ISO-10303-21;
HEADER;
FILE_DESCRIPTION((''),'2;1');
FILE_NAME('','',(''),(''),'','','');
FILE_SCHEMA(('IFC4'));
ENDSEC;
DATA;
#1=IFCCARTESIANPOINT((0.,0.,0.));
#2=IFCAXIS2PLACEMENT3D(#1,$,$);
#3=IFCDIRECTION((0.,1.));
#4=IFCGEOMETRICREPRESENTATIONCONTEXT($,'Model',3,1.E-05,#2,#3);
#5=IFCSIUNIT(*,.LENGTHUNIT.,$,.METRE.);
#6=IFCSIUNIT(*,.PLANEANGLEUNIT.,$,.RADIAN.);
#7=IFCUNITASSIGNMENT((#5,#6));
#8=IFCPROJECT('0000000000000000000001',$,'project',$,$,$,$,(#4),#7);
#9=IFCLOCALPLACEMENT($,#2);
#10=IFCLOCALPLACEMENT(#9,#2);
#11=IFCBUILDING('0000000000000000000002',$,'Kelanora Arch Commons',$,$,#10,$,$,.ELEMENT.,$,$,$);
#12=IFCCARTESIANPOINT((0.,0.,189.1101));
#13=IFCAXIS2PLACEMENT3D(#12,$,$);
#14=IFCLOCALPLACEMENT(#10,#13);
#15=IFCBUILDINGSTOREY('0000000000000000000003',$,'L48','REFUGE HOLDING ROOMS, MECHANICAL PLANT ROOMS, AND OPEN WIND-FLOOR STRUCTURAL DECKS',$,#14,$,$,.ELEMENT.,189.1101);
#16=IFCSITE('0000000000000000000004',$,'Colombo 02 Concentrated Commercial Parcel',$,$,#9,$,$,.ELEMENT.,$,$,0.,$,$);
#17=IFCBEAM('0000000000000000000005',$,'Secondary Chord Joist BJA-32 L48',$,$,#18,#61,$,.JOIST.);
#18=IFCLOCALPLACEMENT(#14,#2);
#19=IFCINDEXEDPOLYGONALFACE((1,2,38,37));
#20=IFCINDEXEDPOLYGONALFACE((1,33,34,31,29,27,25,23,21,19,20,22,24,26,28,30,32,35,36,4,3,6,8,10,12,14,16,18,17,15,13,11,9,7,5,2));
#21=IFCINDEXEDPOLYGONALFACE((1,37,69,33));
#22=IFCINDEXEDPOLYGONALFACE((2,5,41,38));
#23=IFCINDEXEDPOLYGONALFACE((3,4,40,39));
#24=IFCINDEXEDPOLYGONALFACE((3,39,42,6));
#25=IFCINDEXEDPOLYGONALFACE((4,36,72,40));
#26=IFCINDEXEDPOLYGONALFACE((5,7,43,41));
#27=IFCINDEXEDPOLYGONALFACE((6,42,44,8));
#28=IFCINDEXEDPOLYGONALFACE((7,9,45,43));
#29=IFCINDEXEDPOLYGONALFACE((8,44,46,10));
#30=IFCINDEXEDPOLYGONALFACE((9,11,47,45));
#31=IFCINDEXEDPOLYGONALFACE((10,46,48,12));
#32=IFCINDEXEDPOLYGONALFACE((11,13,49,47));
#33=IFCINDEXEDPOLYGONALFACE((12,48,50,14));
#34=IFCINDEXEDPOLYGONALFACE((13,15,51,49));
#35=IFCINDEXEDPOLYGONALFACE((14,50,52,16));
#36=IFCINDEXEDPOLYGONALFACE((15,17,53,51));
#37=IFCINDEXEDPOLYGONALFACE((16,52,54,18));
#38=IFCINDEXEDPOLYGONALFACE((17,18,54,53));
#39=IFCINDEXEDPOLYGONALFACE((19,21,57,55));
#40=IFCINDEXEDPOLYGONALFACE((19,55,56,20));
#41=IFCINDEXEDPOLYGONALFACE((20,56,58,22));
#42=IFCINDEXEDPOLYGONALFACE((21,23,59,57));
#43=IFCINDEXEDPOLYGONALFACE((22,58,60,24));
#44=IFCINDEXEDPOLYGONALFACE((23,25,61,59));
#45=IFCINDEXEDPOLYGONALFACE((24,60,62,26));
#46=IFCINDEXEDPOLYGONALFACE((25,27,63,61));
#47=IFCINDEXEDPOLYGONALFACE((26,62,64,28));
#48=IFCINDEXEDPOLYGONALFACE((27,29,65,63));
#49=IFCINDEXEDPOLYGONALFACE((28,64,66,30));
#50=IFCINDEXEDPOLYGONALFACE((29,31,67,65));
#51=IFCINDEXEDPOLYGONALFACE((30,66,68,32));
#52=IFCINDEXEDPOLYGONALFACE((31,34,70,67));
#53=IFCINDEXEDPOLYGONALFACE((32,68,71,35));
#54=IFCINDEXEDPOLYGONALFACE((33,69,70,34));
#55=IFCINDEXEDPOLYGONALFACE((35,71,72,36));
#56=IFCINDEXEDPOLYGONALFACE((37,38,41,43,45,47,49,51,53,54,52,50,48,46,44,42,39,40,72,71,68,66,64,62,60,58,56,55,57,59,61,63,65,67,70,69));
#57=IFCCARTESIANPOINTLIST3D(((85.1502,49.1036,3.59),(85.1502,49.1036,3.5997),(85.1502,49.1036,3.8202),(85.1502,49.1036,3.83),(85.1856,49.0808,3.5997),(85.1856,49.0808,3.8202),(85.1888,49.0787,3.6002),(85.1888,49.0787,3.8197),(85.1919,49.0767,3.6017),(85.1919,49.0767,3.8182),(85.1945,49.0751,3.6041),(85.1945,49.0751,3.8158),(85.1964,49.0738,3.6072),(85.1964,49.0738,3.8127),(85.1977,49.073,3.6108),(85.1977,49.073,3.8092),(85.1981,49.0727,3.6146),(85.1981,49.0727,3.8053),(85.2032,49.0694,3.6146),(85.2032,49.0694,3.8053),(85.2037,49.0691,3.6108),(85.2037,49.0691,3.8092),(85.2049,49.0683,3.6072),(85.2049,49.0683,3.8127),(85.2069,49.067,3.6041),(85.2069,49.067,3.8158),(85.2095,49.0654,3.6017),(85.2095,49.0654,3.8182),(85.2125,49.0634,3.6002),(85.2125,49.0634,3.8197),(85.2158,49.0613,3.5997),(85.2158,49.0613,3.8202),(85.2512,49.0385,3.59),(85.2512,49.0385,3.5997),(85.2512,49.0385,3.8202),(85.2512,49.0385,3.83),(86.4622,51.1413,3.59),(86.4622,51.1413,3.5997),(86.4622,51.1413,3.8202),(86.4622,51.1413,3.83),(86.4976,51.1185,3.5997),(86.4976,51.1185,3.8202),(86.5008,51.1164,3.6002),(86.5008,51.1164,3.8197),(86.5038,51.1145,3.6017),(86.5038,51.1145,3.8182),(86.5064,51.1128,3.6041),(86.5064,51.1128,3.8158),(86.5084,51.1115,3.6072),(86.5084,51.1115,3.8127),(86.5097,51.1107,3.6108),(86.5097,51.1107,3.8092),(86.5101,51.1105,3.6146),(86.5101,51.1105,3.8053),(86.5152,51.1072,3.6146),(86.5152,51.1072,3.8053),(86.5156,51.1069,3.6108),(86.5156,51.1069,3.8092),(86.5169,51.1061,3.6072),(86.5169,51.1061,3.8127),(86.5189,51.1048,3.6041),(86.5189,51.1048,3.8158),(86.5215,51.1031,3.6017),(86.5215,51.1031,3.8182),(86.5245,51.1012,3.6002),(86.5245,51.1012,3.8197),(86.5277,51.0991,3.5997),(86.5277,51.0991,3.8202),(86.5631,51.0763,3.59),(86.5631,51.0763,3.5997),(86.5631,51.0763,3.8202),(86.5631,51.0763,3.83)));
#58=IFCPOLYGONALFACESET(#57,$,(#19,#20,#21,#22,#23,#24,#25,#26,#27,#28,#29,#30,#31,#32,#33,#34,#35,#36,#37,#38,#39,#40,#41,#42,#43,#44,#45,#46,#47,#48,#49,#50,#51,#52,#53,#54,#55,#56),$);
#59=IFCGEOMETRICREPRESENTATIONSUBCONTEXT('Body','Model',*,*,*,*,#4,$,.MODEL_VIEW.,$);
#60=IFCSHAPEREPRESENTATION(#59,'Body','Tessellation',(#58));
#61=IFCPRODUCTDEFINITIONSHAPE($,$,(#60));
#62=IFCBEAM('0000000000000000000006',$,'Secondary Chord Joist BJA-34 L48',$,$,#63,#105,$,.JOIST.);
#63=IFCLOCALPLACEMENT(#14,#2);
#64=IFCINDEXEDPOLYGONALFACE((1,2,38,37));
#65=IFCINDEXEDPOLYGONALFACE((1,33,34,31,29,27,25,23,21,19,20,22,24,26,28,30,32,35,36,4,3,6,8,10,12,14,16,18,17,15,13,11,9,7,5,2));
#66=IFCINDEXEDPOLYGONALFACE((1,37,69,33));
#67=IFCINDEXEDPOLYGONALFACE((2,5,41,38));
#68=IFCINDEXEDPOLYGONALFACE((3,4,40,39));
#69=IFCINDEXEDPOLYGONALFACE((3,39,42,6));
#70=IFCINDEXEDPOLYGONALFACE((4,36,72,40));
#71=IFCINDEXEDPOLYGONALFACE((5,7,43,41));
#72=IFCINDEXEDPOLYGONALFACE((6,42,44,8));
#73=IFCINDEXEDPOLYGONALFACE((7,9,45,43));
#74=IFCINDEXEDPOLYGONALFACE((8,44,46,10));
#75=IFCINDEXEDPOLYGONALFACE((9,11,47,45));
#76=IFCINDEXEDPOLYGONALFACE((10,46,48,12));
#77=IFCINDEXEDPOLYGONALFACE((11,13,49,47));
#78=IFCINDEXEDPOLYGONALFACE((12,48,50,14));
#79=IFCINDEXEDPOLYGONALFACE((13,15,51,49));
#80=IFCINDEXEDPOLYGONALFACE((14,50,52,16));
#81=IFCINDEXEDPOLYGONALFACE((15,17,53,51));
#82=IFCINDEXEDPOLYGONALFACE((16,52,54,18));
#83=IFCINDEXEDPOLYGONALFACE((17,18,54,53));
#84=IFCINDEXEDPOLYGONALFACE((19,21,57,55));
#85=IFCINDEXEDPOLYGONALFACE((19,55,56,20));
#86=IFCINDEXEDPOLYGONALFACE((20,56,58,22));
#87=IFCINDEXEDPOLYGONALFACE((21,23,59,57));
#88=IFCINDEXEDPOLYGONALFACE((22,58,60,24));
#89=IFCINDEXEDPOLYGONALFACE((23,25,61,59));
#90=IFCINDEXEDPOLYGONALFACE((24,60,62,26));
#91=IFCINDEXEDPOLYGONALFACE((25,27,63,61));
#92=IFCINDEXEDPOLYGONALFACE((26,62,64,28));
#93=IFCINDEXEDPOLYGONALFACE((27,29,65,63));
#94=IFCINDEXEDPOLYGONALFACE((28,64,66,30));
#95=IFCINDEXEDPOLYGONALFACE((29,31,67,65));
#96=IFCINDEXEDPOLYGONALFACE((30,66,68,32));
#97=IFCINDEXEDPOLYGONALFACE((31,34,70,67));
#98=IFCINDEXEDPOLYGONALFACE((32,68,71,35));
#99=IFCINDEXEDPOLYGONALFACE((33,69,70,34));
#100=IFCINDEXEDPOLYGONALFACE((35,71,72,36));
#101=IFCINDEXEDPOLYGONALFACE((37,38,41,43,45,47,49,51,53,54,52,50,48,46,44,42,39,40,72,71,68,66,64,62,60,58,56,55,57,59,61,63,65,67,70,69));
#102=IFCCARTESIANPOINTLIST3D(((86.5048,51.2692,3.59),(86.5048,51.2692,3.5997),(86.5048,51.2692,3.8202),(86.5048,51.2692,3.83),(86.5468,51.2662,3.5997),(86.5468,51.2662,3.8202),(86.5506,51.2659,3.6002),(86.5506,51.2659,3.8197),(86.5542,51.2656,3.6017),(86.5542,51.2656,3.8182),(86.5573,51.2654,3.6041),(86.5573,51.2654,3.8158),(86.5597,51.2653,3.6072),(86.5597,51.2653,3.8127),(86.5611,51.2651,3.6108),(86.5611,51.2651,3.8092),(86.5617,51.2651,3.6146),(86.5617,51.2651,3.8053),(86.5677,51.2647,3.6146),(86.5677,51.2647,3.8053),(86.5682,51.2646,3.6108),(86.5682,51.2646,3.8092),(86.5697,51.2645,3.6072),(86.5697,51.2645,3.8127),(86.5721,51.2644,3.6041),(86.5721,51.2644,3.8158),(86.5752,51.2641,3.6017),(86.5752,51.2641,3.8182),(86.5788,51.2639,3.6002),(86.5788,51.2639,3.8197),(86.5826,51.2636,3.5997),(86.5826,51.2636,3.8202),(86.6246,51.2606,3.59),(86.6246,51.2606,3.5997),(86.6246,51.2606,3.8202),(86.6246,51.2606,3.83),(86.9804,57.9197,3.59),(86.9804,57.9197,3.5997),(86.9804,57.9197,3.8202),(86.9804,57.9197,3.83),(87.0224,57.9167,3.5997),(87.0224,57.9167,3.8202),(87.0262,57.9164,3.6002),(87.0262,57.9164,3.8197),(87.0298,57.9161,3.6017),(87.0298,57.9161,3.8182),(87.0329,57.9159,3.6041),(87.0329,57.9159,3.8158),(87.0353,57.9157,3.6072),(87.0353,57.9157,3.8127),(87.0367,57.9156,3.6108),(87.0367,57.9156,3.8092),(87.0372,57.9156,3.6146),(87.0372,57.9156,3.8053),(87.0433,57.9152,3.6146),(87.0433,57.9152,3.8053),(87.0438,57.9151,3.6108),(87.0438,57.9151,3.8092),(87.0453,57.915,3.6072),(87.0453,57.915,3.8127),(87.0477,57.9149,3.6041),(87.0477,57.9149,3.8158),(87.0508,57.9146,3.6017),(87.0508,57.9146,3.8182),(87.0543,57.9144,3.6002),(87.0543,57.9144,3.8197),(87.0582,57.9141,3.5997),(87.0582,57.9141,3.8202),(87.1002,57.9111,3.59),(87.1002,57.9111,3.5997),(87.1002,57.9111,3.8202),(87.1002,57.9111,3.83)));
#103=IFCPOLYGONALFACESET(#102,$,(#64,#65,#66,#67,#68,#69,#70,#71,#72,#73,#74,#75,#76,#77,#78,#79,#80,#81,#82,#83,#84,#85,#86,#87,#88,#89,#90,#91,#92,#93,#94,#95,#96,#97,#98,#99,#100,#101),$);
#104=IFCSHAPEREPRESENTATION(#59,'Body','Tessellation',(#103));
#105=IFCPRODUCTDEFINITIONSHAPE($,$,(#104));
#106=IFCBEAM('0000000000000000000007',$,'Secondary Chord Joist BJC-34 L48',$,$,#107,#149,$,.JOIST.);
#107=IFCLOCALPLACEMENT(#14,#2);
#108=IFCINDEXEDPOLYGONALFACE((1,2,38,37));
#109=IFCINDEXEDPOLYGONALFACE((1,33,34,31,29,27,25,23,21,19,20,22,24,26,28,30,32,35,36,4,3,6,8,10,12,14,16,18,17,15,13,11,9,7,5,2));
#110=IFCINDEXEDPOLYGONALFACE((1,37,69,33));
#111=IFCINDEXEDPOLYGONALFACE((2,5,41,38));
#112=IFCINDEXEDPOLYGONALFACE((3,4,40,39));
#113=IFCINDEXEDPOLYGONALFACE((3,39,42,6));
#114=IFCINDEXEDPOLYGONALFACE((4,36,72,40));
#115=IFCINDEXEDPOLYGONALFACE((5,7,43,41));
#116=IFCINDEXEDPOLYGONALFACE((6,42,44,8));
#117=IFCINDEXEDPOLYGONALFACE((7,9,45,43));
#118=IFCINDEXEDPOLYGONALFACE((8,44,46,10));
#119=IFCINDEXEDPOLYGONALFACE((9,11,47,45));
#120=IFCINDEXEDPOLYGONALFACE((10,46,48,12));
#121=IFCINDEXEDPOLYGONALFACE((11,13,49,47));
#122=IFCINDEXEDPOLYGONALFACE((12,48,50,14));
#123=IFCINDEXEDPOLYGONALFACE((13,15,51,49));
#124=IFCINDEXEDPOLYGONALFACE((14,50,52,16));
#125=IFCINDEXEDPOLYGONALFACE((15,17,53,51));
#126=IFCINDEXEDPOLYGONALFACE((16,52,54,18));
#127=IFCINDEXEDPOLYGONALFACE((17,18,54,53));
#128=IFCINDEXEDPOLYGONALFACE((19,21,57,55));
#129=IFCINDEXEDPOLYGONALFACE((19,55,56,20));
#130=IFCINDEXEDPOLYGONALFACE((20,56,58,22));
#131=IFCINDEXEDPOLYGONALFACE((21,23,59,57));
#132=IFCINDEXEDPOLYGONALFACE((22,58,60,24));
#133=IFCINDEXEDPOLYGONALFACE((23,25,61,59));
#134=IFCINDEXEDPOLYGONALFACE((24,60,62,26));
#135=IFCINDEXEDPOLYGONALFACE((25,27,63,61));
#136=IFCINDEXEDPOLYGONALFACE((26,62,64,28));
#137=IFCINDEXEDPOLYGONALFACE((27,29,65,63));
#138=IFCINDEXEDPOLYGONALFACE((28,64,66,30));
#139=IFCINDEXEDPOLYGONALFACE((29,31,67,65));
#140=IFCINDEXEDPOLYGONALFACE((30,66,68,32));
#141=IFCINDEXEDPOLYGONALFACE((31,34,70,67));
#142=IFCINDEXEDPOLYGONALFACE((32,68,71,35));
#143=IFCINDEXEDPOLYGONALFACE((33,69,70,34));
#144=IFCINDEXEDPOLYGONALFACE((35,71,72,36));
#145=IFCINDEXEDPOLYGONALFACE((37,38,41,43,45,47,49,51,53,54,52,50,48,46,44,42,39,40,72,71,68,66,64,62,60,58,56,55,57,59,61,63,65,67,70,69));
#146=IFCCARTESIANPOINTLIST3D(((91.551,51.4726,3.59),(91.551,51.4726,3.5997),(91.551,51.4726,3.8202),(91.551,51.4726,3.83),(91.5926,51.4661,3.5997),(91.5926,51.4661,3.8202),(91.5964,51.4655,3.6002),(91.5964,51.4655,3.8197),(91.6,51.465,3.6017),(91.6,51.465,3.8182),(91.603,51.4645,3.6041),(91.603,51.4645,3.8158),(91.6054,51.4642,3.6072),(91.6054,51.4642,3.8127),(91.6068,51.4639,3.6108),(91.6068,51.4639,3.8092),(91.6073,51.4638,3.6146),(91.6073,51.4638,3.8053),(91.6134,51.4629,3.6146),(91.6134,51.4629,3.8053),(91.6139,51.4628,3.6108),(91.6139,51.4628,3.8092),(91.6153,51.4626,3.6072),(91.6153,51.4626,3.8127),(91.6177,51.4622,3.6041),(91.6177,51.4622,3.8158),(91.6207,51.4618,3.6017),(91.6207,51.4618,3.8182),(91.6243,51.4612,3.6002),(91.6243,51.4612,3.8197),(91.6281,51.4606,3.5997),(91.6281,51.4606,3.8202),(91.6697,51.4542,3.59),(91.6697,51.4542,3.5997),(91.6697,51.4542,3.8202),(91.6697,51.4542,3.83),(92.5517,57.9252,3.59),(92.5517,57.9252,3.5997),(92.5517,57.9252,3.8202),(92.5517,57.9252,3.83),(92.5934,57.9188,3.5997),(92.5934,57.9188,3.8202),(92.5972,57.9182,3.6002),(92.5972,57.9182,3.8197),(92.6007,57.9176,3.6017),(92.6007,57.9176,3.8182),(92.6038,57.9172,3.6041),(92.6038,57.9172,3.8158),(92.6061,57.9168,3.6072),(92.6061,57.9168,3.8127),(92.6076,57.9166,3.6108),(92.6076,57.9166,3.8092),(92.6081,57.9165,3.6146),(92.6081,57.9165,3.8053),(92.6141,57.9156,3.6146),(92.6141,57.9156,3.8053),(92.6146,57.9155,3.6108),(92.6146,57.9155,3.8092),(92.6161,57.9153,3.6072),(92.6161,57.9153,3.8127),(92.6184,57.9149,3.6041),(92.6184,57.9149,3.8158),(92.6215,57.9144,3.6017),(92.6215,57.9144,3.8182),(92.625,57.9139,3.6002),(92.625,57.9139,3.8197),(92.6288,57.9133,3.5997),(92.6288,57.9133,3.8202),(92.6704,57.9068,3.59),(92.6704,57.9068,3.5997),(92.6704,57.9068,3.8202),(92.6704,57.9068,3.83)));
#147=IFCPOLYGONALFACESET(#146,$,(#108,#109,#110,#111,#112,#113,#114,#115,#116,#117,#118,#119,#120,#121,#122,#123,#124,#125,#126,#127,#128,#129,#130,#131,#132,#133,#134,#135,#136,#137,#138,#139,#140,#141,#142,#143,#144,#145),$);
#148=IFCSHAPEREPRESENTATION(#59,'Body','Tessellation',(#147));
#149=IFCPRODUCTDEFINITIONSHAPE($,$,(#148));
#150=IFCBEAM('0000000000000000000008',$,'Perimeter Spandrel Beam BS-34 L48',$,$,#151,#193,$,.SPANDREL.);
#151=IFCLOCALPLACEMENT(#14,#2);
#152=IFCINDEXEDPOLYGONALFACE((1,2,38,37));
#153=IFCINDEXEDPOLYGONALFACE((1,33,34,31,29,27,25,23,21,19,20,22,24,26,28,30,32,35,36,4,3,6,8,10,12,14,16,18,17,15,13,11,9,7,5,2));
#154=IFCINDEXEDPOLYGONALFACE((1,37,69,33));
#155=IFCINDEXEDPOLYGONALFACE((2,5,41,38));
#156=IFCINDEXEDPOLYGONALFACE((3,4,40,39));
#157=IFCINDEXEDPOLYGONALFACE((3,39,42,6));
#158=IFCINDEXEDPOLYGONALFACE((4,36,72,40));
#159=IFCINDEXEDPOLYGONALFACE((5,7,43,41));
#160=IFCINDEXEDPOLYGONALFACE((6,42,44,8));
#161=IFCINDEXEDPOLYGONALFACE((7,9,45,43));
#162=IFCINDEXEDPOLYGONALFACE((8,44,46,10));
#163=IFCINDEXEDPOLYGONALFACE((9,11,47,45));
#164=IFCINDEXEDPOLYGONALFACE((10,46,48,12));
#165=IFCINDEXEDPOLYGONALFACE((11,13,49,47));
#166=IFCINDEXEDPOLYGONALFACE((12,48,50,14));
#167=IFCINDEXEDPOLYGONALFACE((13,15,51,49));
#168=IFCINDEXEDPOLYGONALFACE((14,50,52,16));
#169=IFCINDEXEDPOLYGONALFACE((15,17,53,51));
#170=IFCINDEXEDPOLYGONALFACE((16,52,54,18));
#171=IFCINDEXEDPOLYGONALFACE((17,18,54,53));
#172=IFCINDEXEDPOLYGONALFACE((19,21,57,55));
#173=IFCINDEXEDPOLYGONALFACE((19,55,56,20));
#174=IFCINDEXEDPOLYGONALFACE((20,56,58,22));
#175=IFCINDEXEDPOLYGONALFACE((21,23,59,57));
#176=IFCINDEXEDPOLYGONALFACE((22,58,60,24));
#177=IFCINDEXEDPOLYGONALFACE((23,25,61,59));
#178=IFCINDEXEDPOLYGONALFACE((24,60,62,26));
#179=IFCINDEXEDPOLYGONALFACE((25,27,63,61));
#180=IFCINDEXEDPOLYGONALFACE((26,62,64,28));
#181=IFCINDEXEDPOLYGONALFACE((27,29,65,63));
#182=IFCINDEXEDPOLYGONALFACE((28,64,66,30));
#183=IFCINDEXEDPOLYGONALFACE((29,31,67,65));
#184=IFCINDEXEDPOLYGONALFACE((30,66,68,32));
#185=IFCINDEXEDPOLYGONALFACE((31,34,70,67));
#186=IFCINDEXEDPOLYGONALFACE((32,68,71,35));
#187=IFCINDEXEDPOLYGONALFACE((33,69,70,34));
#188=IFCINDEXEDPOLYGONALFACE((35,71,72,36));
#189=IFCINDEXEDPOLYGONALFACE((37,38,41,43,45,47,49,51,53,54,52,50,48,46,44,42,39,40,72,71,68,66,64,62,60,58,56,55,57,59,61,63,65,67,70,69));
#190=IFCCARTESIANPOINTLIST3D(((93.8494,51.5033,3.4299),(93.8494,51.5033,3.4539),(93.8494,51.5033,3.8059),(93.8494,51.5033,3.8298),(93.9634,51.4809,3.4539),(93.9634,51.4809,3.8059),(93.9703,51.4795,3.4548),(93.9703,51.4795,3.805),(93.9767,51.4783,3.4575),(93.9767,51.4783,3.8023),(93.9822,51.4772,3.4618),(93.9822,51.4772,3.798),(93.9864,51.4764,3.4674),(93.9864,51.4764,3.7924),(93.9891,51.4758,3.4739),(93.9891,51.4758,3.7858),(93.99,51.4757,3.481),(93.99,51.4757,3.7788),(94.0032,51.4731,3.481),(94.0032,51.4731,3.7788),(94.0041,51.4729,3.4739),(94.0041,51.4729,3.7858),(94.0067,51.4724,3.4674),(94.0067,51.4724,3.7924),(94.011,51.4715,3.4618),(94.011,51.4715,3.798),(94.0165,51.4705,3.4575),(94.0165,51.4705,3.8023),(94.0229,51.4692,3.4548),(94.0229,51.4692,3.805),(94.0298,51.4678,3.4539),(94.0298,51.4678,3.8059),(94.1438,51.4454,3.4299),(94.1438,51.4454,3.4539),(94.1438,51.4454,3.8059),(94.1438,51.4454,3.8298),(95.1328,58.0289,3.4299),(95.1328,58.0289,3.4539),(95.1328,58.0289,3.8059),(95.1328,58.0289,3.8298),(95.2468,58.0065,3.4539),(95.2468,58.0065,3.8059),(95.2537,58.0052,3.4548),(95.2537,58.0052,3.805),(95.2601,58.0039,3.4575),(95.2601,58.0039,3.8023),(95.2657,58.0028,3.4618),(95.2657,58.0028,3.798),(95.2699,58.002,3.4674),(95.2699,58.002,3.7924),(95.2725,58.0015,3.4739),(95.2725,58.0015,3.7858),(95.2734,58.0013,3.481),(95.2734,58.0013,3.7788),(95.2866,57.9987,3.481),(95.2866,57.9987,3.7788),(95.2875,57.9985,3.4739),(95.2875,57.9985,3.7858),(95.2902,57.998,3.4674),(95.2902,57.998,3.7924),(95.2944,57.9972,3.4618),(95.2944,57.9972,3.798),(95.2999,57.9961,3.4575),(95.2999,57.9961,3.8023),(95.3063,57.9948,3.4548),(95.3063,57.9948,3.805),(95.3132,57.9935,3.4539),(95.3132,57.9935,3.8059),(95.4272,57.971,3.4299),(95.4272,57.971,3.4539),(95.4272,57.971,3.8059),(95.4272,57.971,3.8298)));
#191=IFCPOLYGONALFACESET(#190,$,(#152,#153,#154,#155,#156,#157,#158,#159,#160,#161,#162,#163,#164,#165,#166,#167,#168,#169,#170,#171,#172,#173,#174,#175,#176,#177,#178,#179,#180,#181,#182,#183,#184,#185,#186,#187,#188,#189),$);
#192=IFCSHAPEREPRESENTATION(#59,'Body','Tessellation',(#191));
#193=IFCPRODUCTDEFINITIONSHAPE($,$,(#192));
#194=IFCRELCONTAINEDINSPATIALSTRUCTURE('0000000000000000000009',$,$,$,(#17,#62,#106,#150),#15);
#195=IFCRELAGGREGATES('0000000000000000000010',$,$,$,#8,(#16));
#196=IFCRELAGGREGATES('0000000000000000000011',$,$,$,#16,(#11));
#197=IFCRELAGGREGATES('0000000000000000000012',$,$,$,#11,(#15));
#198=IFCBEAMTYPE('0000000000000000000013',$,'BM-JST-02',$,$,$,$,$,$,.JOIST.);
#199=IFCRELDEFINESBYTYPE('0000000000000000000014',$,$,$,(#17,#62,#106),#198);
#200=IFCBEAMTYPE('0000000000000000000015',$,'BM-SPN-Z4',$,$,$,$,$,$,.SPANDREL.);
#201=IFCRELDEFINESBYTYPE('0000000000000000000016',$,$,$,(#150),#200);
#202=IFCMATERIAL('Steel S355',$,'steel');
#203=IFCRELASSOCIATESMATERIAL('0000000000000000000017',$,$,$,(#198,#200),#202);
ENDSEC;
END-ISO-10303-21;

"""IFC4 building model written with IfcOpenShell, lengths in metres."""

from ifc_helpers import new_model, si_unit, direction, frame, origin, origin_2d, place, context, subcontext, project, spatial, i_section, extrude, material, material_profile, profile_set, type_object, element, save


model = new_model("IFC4")

# Units and contexts
model_context = context("Model", 3, precision=1e-05, world=origin(), true_north=direction((0.0, 1.0)))
body_context = subcontext(model_context, "Body", "Model", "MODEL_VIEW")
ifc_project = project(units=[si_unit("LENGTHUNIT", "METRE"), si_unit("PLANEANGLEUNIT", "RADIAN")], contexts=[model_context])

# Site, building, storey
site_placement = place(None, origin())
site = spatial("IfcSite", under=ifc_project, at=site_placement, Name="Colombo 02 Concentrated Commercial Parcel", CompositionType="ELEMENT", RefElevation=0.0)
building_placement = place(site_placement, origin())
building = spatial("IfcBuilding", under=site, at=building_placement, Name="Kelanora Arch Commons", CompositionType="ELEMENT")
storey_placement = place(building_placement, frame((0.0, 0.0, 189.1101)))
storey = spatial("IfcBuildingStorey", under=building, at=storey_placement, Name="L48", Description="REFUGE HOLDING ROOMS, MECHANICAL PLANT ROOMS, AND OPEN WIND-FLOOR STRUCTURAL DECKS", CompositionType="ELEMENT", Elevation=189.1101)

# Beams
ifc_material_1 = material(Name="Steel S355", Category="steel")
ifc_material_profile_1 = material_profile(ifc_material_1, i_section(OverallWidth=0.1201, OverallDepth=0.24, WebThickness=0.0061, FlangeThickness=0.0098, FilletRadius=0.0149, at=origin_2d()), Name="IPE240")
ifc_profile_set_1 = profile_set([ifc_material_profile_1], Name="Steel S355")
beam_type_1 = type_object("IfcBeamType", Name="BM-JST-02", PredefinedType="JOIST", material=ifc_profile_set_1)
beam_1_placement = place(storey_placement, frame((85.2007, 49.071, 3.71), z_axis=(0.541333, 0.840808, 0.0), x_axis=(-0.840808, 0.541333, 0.0)))
element("IfcBeam", 1, at=beam_1_placement, inside=storey, type_object=beam_type_1, Name="Secondary Chord Joist BJA-32 L48", PredefinedType="JOIST", context=body_context, shape_type="SweptSolid", body=[
    extrude(i_section(OverallWidth=0.1201, OverallDepth=0.24, WebThickness=0.0061, FlangeThickness=0.0098, FilletRadius=0.0149, at=origin_2d()), origin(), (0.0, 0.0, 1.0), 2.4236),
])
beam_2_placement = place(storey_placement, frame((86.5647, 51.2649, 3.71), z_axis=(0.07133, 0.997453, 0.0), x_axis=(-0.997453, 0.07133, 0.0)))
element("IfcBeam", 2, at=beam_2_placement, inside=storey, type_object=beam_type_1, Name="Secondary Chord Joist BJA-34 L48", PredefinedType="JOIST", context=body_context, shape_type="SweptSolid", body=[
    extrude(i_section(OverallWidth=0.1201, OverallDepth=0.24, WebThickness=0.0061, FlangeThickness=0.0098, FilletRadius=0.0149, at=origin_2d()), origin(), (0.0, 0.0, 1.0), 6.6675),
])
beam_3_placement = place(storey_placement, frame((91.6104, 51.4634, 3.71), z_axis=(0.153257, 0.988186, 0.0), x_axis=(-0.988186, 0.153257, 0.0)))
element("IfcBeam", 3, at=beam_3_placement, inside=storey, type_object=beam_type_1, Name="Secondary Chord Joist BJC-34 L48", PredefinedType="JOIST", context=body_context, shape_type="SweptSolid", body=[
    extrude(i_section(OverallWidth=0.1201, OverallDepth=0.24, WebThickness=0.0061, FlangeThickness=0.0098, FilletRadius=0.0149, at=origin_2d()), origin(), (0.0, 0.0, 1.0), 6.5298),
])
ifc_material_profile_2 = material_profile(ifc_material_1, i_section(OverallWidth=0.3, OverallDepth=0.3999, WebThickness=0.0134, FlangeThickness=0.0239, FilletRadius=0.0271, at=origin_2d()), Name="HEB400")
ifc_profile_set_2 = profile_set([ifc_material_profile_2], Name="Steel S355")
beam_type_2 = type_object("IfcBeamType", Name="BM-SPN-Z4", PredefinedType="SPANDREL", material=ifc_profile_set_2)
beam_4_placement = place(storey_placement, frame((93.9966, 51.4744, 3.6299), z_axis=(0.192981, 0.981203, 0.0), x_axis=(-0.981203, 0.192981, 0.0)))
element("IfcBeam", 4, at=beam_4_placement, inside=storey, type_object=beam_type_2, Name="Perimeter Spandrel Beam BS-34 L48", PredefinedType="SPANDREL", context=body_context, shape_type="SweptSolid", body=[
    extrude(i_section(OverallWidth=0.3, OverallDepth=0.3999, WebThickness=0.0134, FlangeThickness=0.0239, FilletRadius=0.0271, at=origin_2d()), origin(), (0.0, 0.0, 1.0), 6.6506),
])

save(model, "model.ifc")
